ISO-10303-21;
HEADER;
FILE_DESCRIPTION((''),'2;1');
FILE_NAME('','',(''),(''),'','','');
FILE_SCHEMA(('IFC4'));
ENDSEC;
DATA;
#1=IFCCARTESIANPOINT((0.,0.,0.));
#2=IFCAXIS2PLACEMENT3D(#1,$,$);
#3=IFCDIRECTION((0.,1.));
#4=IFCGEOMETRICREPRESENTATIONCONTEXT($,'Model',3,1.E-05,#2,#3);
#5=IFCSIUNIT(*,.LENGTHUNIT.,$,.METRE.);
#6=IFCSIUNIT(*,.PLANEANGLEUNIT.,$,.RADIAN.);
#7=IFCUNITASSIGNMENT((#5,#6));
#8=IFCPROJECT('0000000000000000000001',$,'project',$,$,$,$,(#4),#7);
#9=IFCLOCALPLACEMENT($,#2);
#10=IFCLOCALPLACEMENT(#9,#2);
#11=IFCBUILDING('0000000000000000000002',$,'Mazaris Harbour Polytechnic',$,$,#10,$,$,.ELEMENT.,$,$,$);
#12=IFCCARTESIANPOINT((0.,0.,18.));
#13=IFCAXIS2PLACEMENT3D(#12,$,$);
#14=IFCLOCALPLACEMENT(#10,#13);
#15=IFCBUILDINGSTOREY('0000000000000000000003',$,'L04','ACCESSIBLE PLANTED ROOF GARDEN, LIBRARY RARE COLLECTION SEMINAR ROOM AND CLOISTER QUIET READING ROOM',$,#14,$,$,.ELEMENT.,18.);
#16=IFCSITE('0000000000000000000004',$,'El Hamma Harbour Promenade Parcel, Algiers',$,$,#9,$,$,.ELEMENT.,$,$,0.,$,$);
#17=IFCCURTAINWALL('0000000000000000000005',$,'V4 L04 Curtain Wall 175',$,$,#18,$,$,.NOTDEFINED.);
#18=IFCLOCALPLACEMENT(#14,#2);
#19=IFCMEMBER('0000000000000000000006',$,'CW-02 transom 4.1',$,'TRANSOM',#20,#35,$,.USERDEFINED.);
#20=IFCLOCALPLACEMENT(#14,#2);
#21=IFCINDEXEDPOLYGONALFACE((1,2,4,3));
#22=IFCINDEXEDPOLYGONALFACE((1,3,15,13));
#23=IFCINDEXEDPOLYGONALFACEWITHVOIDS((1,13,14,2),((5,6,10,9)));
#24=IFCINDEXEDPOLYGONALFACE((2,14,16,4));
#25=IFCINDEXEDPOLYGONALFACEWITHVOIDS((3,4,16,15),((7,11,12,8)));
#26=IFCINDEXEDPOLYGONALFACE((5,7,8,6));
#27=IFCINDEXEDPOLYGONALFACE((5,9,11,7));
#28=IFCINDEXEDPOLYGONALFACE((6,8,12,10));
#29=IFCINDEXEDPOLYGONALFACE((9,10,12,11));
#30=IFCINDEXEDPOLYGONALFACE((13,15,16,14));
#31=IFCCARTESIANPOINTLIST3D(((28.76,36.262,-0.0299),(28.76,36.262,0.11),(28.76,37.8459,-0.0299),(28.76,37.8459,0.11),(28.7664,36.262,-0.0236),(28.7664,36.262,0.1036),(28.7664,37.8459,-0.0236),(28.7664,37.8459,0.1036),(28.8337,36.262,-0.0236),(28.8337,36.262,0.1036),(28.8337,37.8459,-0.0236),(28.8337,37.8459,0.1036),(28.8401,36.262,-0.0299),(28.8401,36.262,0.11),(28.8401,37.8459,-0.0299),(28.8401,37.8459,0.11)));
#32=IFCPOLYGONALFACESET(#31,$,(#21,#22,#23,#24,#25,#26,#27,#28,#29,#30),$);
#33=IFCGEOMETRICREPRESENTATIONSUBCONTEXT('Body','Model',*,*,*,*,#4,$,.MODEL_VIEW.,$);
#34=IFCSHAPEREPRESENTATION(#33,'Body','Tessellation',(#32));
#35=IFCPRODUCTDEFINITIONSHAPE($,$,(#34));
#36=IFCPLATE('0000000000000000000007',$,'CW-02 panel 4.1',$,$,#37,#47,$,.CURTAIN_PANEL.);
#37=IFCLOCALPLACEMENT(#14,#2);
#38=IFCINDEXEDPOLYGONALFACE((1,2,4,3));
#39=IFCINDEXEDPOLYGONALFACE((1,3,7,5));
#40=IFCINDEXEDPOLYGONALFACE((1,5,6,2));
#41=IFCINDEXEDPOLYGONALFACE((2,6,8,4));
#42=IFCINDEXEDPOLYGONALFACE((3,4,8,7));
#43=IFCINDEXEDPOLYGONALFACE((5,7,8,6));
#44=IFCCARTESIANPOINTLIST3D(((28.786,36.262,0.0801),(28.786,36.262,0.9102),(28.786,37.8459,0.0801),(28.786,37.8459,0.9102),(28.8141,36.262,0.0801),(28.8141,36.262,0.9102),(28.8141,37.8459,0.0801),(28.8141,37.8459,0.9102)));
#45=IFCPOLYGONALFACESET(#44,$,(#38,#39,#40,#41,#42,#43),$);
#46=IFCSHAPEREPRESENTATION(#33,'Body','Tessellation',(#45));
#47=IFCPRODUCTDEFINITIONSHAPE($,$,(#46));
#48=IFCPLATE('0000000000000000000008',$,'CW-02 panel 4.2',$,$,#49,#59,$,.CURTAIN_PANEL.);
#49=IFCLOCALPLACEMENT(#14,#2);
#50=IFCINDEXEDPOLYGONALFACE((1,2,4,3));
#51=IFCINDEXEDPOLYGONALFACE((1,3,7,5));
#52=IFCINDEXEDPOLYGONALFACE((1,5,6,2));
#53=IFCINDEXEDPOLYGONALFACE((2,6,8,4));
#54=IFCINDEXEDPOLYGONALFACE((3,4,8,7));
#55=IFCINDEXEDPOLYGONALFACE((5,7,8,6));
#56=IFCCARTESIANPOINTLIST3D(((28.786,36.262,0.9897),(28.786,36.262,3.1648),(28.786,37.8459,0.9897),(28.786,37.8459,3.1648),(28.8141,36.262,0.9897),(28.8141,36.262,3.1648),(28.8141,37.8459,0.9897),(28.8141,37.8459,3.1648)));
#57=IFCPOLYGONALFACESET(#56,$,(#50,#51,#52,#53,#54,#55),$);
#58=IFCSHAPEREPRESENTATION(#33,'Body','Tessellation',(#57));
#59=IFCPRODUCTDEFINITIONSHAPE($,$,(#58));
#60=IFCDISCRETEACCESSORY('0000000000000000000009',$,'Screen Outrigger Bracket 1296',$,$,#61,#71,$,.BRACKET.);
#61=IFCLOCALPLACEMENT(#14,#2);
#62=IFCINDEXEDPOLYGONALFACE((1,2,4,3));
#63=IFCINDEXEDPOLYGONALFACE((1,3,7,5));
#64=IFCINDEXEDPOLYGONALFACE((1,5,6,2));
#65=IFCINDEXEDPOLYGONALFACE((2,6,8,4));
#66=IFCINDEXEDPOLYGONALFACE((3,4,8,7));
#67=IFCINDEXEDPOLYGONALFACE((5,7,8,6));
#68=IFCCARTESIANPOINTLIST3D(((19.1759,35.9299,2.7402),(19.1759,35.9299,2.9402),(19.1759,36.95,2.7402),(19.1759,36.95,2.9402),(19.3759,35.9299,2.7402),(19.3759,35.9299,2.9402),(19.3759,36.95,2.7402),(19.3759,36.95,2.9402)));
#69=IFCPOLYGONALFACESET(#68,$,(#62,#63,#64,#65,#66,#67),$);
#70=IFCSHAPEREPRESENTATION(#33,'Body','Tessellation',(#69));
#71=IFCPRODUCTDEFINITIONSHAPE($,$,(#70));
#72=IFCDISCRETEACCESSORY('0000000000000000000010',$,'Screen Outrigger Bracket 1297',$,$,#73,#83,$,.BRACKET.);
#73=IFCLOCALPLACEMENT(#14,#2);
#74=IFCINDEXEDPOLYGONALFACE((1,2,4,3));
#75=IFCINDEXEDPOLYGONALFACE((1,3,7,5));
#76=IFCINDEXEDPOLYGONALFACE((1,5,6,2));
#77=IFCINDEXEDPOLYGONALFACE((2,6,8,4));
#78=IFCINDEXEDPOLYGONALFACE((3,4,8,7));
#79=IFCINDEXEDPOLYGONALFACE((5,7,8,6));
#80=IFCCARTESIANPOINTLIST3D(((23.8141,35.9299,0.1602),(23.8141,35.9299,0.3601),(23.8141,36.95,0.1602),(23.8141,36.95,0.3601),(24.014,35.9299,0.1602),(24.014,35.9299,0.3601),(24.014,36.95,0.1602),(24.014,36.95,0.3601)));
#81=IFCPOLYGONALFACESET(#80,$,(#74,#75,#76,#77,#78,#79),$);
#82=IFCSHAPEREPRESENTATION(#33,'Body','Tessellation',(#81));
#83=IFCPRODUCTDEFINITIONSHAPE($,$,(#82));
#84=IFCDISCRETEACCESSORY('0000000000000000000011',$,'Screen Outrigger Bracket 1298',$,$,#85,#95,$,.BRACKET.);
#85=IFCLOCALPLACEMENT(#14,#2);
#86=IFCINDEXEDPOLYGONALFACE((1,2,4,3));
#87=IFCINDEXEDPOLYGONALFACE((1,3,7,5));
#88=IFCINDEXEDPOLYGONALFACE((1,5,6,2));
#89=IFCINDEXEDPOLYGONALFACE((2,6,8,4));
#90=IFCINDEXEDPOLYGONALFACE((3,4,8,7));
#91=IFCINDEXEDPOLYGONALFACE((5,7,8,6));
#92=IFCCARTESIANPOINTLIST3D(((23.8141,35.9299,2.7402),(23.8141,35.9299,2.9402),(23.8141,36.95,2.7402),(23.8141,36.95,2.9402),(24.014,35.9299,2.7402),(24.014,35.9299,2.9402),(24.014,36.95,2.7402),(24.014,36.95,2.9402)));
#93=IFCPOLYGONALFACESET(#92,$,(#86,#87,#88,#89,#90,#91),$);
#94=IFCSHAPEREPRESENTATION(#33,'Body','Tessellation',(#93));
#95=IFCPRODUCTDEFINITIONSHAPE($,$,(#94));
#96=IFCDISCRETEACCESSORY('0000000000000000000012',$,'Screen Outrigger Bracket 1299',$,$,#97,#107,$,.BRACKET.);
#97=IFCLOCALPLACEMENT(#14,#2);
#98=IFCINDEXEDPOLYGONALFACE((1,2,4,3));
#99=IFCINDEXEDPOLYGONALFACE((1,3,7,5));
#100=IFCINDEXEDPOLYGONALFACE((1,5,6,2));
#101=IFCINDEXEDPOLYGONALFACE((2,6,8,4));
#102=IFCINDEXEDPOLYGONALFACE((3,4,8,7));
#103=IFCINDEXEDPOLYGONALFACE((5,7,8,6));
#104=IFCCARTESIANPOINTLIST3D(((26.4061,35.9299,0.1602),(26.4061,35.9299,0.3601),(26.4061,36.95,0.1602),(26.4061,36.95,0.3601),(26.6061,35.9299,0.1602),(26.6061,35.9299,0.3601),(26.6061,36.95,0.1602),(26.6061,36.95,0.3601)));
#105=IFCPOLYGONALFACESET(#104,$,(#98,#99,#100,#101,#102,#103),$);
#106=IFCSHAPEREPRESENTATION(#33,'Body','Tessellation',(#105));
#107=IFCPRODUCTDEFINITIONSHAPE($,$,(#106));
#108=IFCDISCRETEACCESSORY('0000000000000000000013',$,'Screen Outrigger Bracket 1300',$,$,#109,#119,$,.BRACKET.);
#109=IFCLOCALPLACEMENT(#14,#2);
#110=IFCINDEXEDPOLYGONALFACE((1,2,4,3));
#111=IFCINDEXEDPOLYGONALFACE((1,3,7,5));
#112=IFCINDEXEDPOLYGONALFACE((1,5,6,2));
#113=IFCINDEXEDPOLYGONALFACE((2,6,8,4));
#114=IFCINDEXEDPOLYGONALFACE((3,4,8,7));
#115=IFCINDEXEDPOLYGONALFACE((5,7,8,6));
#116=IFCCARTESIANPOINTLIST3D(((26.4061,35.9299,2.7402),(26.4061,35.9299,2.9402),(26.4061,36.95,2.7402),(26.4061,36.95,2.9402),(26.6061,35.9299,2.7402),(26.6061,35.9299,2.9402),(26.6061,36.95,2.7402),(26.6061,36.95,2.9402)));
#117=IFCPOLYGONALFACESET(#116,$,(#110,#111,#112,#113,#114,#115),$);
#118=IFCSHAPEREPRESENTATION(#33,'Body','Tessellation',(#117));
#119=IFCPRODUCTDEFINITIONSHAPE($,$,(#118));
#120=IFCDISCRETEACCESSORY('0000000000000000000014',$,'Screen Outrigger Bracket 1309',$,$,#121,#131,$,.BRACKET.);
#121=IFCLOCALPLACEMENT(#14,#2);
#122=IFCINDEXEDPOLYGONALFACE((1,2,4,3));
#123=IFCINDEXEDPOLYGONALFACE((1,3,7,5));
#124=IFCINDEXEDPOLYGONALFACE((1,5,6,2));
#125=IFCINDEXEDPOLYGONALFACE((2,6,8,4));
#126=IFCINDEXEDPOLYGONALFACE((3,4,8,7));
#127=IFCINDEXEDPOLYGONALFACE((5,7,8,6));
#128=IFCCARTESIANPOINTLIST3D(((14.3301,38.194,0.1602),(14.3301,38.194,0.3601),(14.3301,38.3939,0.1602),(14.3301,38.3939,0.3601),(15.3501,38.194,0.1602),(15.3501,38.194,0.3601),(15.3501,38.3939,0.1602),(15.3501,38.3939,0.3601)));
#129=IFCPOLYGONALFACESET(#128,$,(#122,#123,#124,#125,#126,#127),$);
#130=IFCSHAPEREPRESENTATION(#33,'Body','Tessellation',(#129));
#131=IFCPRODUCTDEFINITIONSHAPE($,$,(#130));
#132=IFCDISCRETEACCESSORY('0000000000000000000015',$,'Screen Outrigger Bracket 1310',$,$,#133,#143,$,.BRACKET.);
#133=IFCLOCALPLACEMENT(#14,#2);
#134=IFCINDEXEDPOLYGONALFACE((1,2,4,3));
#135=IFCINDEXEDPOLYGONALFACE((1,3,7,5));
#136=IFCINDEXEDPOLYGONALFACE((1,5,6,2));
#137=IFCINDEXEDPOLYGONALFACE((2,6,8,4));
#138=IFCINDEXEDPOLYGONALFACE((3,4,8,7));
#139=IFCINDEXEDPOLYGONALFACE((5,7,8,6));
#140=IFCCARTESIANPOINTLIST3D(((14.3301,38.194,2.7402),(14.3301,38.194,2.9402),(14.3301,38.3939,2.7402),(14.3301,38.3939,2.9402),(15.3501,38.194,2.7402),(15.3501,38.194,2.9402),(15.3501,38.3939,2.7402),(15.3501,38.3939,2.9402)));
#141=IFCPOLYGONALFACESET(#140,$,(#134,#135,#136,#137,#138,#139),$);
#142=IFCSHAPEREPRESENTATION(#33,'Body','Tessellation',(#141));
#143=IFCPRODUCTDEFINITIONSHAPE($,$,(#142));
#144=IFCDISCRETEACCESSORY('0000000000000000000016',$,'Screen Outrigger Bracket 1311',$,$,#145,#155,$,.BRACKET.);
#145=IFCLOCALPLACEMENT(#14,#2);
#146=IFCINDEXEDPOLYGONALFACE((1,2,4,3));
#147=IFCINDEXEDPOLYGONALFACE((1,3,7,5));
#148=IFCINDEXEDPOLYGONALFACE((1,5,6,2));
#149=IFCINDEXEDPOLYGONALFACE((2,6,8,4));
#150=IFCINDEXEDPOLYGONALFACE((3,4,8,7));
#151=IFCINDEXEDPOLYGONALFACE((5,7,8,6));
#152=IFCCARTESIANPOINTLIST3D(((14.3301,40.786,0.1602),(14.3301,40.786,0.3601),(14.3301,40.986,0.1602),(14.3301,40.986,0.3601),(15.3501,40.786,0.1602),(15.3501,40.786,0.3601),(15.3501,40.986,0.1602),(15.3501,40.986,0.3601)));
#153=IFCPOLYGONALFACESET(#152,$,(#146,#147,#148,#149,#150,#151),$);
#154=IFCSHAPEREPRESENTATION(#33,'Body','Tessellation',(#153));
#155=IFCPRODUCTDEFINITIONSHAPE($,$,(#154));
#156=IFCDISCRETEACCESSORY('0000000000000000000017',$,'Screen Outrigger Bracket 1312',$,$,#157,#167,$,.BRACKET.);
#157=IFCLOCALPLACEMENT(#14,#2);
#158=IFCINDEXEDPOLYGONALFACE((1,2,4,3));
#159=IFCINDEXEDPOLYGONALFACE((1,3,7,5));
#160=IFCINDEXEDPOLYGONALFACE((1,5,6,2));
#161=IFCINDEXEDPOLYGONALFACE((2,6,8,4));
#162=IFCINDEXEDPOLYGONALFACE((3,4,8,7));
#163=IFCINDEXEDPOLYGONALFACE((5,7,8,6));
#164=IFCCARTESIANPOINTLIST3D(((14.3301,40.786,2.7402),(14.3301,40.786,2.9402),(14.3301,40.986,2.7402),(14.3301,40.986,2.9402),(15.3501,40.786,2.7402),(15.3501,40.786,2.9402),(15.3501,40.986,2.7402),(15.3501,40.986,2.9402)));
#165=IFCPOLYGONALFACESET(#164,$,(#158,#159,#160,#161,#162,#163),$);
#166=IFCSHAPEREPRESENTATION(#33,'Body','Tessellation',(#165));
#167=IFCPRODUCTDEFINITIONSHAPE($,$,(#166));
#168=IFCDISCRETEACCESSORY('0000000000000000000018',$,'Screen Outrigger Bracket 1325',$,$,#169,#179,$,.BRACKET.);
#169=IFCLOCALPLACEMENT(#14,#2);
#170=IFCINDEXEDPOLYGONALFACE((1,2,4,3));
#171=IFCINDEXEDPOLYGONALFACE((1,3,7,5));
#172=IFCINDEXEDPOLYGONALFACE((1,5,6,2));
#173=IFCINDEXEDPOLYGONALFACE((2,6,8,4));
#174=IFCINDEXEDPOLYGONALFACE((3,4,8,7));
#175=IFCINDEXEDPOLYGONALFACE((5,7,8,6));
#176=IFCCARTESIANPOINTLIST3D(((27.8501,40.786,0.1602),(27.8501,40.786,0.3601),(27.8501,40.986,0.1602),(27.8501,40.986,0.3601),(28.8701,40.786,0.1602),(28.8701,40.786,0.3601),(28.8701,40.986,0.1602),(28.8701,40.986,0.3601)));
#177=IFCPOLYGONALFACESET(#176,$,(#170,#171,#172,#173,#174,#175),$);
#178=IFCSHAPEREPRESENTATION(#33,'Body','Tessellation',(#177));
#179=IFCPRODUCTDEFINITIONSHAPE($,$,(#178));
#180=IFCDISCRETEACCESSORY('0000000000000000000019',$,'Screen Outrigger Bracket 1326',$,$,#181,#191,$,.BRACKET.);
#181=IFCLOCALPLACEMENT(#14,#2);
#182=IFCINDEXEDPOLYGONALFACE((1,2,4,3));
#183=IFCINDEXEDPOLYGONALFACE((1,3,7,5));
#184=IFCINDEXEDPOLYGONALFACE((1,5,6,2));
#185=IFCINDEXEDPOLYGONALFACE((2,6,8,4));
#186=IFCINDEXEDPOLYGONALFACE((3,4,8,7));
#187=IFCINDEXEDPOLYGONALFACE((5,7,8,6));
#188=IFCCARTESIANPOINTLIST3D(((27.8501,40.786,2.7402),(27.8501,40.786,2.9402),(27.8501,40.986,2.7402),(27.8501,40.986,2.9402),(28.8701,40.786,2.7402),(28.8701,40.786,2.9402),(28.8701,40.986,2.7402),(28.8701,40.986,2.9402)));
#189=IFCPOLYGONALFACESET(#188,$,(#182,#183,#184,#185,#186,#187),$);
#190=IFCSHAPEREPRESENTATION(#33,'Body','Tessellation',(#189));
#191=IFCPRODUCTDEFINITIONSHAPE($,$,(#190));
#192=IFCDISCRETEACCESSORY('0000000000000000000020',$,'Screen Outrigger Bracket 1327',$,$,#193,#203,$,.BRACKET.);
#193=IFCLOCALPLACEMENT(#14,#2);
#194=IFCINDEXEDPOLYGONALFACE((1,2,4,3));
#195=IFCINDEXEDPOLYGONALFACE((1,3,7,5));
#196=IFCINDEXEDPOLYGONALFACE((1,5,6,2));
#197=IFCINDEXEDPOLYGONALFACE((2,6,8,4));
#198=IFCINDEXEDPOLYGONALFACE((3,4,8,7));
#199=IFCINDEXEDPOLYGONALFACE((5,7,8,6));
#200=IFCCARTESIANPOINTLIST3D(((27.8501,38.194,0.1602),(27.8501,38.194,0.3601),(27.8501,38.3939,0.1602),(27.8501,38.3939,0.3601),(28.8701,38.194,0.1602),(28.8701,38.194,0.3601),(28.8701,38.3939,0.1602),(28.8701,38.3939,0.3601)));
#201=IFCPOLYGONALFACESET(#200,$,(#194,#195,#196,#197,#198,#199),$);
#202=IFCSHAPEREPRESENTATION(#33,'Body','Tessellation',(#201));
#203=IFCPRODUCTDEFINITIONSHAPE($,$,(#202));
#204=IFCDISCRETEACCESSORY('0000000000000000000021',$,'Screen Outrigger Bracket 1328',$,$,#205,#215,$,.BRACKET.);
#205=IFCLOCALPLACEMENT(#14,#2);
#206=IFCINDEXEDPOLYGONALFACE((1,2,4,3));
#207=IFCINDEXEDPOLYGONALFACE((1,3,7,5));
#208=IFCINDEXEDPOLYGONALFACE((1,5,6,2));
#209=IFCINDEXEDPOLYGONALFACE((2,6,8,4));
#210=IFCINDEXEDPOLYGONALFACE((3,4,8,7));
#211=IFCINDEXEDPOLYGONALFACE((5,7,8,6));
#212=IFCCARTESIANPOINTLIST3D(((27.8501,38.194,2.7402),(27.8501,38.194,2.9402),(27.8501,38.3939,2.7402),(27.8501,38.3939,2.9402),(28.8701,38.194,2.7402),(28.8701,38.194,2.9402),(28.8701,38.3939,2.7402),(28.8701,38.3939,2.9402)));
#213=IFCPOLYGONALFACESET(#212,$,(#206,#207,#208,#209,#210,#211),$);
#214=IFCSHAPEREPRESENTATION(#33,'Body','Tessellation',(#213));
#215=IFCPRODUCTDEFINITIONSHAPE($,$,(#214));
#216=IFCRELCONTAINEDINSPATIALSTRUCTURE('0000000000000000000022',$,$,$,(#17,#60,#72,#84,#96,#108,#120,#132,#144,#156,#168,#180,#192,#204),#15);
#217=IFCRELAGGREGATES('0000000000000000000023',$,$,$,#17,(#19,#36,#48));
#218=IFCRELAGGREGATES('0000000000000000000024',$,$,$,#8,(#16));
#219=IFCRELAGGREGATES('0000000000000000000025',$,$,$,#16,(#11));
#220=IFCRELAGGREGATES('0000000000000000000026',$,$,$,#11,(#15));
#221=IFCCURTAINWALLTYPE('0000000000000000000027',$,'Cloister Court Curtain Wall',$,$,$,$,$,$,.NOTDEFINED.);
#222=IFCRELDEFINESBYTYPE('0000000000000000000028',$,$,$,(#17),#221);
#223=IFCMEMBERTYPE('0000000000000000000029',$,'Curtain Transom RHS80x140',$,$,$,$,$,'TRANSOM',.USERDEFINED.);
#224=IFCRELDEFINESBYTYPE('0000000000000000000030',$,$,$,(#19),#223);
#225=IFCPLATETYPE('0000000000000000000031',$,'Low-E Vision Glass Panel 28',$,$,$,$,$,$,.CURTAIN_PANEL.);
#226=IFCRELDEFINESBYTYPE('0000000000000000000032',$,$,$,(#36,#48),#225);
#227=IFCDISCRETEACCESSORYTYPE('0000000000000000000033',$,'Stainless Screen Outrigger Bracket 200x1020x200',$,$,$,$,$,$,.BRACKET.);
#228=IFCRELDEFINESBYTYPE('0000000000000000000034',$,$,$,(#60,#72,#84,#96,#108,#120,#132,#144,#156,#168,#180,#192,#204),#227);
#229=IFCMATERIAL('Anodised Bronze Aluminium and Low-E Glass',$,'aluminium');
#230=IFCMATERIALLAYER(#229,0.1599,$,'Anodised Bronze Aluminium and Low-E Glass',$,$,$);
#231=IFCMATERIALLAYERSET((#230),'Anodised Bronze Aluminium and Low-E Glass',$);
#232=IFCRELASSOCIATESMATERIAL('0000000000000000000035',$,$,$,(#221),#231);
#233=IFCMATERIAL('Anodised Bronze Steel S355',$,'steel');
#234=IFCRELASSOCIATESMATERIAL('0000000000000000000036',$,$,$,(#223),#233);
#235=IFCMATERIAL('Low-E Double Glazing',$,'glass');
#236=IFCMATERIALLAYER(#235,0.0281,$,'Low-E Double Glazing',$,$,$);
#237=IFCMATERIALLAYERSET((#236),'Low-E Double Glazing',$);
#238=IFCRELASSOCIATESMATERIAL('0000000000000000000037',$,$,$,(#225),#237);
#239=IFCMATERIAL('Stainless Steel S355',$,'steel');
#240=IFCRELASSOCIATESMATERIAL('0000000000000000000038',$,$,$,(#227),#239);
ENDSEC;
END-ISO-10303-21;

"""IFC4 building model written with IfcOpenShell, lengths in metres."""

from ifc_helpers import new_model, si_unit, direction, frame, origin, origin_2d, place, context, subcontext, project, spatial, rectangle, hollow_rectangle, extrude, material, layer, layer_set, material_profile, profile_set, type_object, element, aggregate, save


model = new_model("IFC4")

# Units and contexts
model_context = context("Model", 3, precision=1e-05, world=origin(), true_north=direction((0.0, 1.0)))
body_context = subcontext(model_context, "Body", "Model", "MODEL_VIEW")
ifc_project = project(units=[si_unit("LENGTHUNIT", "METRE"), si_unit("PLANEANGLEUNIT", "RADIAN")], contexts=[model_context])

# Site, building, storey
site_placement = place(None, origin())
site = spatial("IfcSite", under=ifc_project, at=site_placement, Name="El Hamma Harbour Promenade Parcel, Algiers", CompositionType="ELEMENT", RefElevation=0.0)
building_placement = place(site_placement, origin())
building = spatial("IfcBuilding", under=site, at=building_placement, Name="Mazaris Harbour Polytechnic", CompositionType="ELEMENT")
storey_placement = place(building_placement, frame((0.0, 0.0, 18.0)))
storey = spatial("IfcBuildingStorey", under=building, at=storey_placement, Name="L04", Description="ACCESSIBLE PLANTED ROOF GARDEN, LIBRARY RARE COLLECTION SEMINAR ROOM AND CLOISTER QUIET READING ROOM", CompositionType="ELEMENT", Elevation=18.0)

# Curtain wall, member, plates
ifc_material_1 = material(Name="Anodised Bronze Aluminium and Low-E Glass", Category="aluminium")
ifc_layer_1 = layer(ifc_material_1, 0.1599, Name="Anodised Bronze Aluminium and Low-E Glass")
ifc_layer_set_1 = layer_set([ifc_layer_1], Name="Anodised Bronze Aluminium and Low-E Glass")
curtain_wall_type = type_object("IfcCurtainWallType", Name="Cloister Court Curtain Wall", PredefinedType="NOTDEFINED", material=ifc_layer_set_1)
curtain_wall_placement = place(storey_placement, origin())
curtain_wall = element("IfcCurtainWall", 1, at=curtain_wall_placement, inside=storey, type_object=curtain_wall_type, Name="V4 L04 Curtain Wall 175", PredefinedType="NOTDEFINED")
ifc_material_2 = material(Name="Anodised Bronze Steel S355", Category="steel")
ifc_material_profile = material_profile(ifc_material_2, hollow_rectangle(XDim=0.0801, YDim=0.1399, WallThickness=0.0063, at=origin_2d()), Name="RHS 80x140x6.3")
ifc_profile_set = profile_set([ifc_material_profile], Name="Anodised Bronze Steel S355")
member_type = type_object("IfcMemberType", Name="Curtain Transom RHS80x140", ElementType="TRANSOM", PredefinedType="USERDEFINED", material=ifc_profile_set)
member_placement = place(storey_placement, frame((28.8, 37.8459, 0.04), z_axis=(0.0, -1.0, 0.0), x_axis=(1.0, 0.0, 0.0)))
member = element("IfcMember", 2, at=member_placement, type_object=member_type, Name="CW-02 transom 4.1", ObjectType="TRANSOM", PredefinedType="USERDEFINED", context=body_context, shape_type="SweptSolid", body=[
    extrude(hollow_rectangle(XDim=0.0801, YDim=0.1399, WallThickness=0.0063, at=origin_2d()), origin(), (0.0, 0.0, 1.0), 1.584),
])
ifc_material_3 = material(Name="Low-E Double Glazing", Category="glass")
ifc_layer_2 = layer(ifc_material_3, 0.0281, Name="Low-E Double Glazing")
ifc_layer_set_2 = layer_set([ifc_layer_2], Name="Low-E Double Glazing")
plate_type = type_object("IfcPlateType", Name="Low-E Vision Glass Panel 28", PredefinedType="CURTAIN_PANEL", material=ifc_layer_set_2)
plate_1_placement = place(storey_placement, frame((28.8, 37.054, 0.0801), z_axis=(0.0, 0.0, 1.0), x_axis=(0.0, -1.0, 0.0)))
plate_1 = element("IfcPlate", 3, at=plate_1_placement, type_object=plate_type, Name="CW-02 panel 4.1", PredefinedType="CURTAIN_PANEL", context=body_context, shape_type="SweptSolid", body=[
    extrude(rectangle(XDim=1.584, YDim=0.0281, at=origin_2d()), origin(), (0.0, 0.0, 1.0), 0.8301),
])
plate_2_placement = place(storey_placement, frame((28.8, 37.054, 0.9897), z_axis=(0.0, 0.0, 1.0), x_axis=(0.0, -1.0, 0.0)))
plate_2 = element("IfcPlate", 4, at=plate_2_placement, type_object=plate_type, Name="CW-02 panel 4.2", PredefinedType="CURTAIN_PANEL", context=body_context, shape_type="SweptSolid", body=[
    extrude(rectangle(XDim=1.584, YDim=0.0281, at=origin_2d()), origin(), (0.0, 0.0, 1.0), 2.175),
])
aggregate(curtain_wall, [member, plate_1, plate_2])

# Discrete accessories
ifc_material_4 = material(Name="Stainless Steel S355", Category="steel")
discrete_accessory_type = type_object("IfcDiscreteAccessoryType", Name="Stainless Screen Outrigger Bracket 200x1020x200", PredefinedType="BRACKET", material=ifc_material_4)
for number, where, z_axis, x_axis, name in (
    (5, (19.2759, 36.4399, 2.7402), (0.0, 0.0, 1.0), (1.0, 0.0, 0.0), "Screen Outrigger Bracket 1296"),
    (6, (23.9141, 36.4399, 0.1602), (0.0, 0.0, 1.0), (1.0, 0.0, 0.0), "Screen Outrigger Bracket 1297"),
    (7, (23.9141, 36.4399, 2.7402), (0.0, 0.0, 1.0), (1.0, 0.0, 0.0), "Screen Outrigger Bracket 1298"),
    (8, (26.5061, 36.4399, 0.1602), (0.0, 0.0, 1.0), (1.0, 0.0, 0.0), "Screen Outrigger Bracket 1299"),
    (9, (26.5061, 36.4399, 2.7402), (0.0, 0.0, 1.0), (1.0, 0.0, 0.0), "Screen Outrigger Bracket 1300"),
    (10, (14.8401, 38.2939, 0.1602), (0.0, 0.0, 1.0), (0.0, 1.0, 0.0), "Screen Outrigger Bracket 1309"),
    (11, (14.8401, 38.2939, 2.7402), (0.0, 0.0, 1.0), (0.0, 1.0, 0.0), "Screen Outrigger Bracket 1310"),
    (12, (14.8401, 40.886, 0.1602), (0.0, 0.0, 1.0), (0.0, 1.0, 0.0), "Screen Outrigger Bracket 1311"),
    (13, (14.8401, 40.886, 2.7402), (0.0, 0.0, 1.0), (0.0, 1.0, 0.0), "Screen Outrigger Bracket 1312"),
    (14, (28.3601, 40.886, 0.1602), (0.0, 0.0, 1.0), (0.0, -1.0, 0.0), "Screen Outrigger Bracket 1325"),
    (15, (28.3601, 40.886, 2.7402), (0.0, 0.0, 1.0), (0.0, -1.0, 0.0), "Screen Outrigger Bracket 1326"),
    (16, (28.3601, 38.2939, 0.1602), (0.0, 0.0, 1.0), (0.0, -1.0, 0.0), "Screen Outrigger Bracket 1327"),
    (17, (28.3601, 38.2939, 2.7402), (0.0, 0.0, 1.0), (0.0, -1.0, 0.0), "Screen Outrigger Bracket 1328"),
):
    element("IfcDiscreteAccessory", number, at=place(storey_placement, frame(where, z_axis=z_axis, x_axis=x_axis)), inside=storey, type_object=discrete_accessory_type, Name=name, PredefinedType="BRACKET", context=body_context, shape_type="SweptSolid", body=[
        extrude(rectangle(XDim=0.2, YDim=1.02, at=origin_2d()), origin(), (0.0, 0.0, 1.0), 0.2),
    ])

save(model, "model.ifc")
